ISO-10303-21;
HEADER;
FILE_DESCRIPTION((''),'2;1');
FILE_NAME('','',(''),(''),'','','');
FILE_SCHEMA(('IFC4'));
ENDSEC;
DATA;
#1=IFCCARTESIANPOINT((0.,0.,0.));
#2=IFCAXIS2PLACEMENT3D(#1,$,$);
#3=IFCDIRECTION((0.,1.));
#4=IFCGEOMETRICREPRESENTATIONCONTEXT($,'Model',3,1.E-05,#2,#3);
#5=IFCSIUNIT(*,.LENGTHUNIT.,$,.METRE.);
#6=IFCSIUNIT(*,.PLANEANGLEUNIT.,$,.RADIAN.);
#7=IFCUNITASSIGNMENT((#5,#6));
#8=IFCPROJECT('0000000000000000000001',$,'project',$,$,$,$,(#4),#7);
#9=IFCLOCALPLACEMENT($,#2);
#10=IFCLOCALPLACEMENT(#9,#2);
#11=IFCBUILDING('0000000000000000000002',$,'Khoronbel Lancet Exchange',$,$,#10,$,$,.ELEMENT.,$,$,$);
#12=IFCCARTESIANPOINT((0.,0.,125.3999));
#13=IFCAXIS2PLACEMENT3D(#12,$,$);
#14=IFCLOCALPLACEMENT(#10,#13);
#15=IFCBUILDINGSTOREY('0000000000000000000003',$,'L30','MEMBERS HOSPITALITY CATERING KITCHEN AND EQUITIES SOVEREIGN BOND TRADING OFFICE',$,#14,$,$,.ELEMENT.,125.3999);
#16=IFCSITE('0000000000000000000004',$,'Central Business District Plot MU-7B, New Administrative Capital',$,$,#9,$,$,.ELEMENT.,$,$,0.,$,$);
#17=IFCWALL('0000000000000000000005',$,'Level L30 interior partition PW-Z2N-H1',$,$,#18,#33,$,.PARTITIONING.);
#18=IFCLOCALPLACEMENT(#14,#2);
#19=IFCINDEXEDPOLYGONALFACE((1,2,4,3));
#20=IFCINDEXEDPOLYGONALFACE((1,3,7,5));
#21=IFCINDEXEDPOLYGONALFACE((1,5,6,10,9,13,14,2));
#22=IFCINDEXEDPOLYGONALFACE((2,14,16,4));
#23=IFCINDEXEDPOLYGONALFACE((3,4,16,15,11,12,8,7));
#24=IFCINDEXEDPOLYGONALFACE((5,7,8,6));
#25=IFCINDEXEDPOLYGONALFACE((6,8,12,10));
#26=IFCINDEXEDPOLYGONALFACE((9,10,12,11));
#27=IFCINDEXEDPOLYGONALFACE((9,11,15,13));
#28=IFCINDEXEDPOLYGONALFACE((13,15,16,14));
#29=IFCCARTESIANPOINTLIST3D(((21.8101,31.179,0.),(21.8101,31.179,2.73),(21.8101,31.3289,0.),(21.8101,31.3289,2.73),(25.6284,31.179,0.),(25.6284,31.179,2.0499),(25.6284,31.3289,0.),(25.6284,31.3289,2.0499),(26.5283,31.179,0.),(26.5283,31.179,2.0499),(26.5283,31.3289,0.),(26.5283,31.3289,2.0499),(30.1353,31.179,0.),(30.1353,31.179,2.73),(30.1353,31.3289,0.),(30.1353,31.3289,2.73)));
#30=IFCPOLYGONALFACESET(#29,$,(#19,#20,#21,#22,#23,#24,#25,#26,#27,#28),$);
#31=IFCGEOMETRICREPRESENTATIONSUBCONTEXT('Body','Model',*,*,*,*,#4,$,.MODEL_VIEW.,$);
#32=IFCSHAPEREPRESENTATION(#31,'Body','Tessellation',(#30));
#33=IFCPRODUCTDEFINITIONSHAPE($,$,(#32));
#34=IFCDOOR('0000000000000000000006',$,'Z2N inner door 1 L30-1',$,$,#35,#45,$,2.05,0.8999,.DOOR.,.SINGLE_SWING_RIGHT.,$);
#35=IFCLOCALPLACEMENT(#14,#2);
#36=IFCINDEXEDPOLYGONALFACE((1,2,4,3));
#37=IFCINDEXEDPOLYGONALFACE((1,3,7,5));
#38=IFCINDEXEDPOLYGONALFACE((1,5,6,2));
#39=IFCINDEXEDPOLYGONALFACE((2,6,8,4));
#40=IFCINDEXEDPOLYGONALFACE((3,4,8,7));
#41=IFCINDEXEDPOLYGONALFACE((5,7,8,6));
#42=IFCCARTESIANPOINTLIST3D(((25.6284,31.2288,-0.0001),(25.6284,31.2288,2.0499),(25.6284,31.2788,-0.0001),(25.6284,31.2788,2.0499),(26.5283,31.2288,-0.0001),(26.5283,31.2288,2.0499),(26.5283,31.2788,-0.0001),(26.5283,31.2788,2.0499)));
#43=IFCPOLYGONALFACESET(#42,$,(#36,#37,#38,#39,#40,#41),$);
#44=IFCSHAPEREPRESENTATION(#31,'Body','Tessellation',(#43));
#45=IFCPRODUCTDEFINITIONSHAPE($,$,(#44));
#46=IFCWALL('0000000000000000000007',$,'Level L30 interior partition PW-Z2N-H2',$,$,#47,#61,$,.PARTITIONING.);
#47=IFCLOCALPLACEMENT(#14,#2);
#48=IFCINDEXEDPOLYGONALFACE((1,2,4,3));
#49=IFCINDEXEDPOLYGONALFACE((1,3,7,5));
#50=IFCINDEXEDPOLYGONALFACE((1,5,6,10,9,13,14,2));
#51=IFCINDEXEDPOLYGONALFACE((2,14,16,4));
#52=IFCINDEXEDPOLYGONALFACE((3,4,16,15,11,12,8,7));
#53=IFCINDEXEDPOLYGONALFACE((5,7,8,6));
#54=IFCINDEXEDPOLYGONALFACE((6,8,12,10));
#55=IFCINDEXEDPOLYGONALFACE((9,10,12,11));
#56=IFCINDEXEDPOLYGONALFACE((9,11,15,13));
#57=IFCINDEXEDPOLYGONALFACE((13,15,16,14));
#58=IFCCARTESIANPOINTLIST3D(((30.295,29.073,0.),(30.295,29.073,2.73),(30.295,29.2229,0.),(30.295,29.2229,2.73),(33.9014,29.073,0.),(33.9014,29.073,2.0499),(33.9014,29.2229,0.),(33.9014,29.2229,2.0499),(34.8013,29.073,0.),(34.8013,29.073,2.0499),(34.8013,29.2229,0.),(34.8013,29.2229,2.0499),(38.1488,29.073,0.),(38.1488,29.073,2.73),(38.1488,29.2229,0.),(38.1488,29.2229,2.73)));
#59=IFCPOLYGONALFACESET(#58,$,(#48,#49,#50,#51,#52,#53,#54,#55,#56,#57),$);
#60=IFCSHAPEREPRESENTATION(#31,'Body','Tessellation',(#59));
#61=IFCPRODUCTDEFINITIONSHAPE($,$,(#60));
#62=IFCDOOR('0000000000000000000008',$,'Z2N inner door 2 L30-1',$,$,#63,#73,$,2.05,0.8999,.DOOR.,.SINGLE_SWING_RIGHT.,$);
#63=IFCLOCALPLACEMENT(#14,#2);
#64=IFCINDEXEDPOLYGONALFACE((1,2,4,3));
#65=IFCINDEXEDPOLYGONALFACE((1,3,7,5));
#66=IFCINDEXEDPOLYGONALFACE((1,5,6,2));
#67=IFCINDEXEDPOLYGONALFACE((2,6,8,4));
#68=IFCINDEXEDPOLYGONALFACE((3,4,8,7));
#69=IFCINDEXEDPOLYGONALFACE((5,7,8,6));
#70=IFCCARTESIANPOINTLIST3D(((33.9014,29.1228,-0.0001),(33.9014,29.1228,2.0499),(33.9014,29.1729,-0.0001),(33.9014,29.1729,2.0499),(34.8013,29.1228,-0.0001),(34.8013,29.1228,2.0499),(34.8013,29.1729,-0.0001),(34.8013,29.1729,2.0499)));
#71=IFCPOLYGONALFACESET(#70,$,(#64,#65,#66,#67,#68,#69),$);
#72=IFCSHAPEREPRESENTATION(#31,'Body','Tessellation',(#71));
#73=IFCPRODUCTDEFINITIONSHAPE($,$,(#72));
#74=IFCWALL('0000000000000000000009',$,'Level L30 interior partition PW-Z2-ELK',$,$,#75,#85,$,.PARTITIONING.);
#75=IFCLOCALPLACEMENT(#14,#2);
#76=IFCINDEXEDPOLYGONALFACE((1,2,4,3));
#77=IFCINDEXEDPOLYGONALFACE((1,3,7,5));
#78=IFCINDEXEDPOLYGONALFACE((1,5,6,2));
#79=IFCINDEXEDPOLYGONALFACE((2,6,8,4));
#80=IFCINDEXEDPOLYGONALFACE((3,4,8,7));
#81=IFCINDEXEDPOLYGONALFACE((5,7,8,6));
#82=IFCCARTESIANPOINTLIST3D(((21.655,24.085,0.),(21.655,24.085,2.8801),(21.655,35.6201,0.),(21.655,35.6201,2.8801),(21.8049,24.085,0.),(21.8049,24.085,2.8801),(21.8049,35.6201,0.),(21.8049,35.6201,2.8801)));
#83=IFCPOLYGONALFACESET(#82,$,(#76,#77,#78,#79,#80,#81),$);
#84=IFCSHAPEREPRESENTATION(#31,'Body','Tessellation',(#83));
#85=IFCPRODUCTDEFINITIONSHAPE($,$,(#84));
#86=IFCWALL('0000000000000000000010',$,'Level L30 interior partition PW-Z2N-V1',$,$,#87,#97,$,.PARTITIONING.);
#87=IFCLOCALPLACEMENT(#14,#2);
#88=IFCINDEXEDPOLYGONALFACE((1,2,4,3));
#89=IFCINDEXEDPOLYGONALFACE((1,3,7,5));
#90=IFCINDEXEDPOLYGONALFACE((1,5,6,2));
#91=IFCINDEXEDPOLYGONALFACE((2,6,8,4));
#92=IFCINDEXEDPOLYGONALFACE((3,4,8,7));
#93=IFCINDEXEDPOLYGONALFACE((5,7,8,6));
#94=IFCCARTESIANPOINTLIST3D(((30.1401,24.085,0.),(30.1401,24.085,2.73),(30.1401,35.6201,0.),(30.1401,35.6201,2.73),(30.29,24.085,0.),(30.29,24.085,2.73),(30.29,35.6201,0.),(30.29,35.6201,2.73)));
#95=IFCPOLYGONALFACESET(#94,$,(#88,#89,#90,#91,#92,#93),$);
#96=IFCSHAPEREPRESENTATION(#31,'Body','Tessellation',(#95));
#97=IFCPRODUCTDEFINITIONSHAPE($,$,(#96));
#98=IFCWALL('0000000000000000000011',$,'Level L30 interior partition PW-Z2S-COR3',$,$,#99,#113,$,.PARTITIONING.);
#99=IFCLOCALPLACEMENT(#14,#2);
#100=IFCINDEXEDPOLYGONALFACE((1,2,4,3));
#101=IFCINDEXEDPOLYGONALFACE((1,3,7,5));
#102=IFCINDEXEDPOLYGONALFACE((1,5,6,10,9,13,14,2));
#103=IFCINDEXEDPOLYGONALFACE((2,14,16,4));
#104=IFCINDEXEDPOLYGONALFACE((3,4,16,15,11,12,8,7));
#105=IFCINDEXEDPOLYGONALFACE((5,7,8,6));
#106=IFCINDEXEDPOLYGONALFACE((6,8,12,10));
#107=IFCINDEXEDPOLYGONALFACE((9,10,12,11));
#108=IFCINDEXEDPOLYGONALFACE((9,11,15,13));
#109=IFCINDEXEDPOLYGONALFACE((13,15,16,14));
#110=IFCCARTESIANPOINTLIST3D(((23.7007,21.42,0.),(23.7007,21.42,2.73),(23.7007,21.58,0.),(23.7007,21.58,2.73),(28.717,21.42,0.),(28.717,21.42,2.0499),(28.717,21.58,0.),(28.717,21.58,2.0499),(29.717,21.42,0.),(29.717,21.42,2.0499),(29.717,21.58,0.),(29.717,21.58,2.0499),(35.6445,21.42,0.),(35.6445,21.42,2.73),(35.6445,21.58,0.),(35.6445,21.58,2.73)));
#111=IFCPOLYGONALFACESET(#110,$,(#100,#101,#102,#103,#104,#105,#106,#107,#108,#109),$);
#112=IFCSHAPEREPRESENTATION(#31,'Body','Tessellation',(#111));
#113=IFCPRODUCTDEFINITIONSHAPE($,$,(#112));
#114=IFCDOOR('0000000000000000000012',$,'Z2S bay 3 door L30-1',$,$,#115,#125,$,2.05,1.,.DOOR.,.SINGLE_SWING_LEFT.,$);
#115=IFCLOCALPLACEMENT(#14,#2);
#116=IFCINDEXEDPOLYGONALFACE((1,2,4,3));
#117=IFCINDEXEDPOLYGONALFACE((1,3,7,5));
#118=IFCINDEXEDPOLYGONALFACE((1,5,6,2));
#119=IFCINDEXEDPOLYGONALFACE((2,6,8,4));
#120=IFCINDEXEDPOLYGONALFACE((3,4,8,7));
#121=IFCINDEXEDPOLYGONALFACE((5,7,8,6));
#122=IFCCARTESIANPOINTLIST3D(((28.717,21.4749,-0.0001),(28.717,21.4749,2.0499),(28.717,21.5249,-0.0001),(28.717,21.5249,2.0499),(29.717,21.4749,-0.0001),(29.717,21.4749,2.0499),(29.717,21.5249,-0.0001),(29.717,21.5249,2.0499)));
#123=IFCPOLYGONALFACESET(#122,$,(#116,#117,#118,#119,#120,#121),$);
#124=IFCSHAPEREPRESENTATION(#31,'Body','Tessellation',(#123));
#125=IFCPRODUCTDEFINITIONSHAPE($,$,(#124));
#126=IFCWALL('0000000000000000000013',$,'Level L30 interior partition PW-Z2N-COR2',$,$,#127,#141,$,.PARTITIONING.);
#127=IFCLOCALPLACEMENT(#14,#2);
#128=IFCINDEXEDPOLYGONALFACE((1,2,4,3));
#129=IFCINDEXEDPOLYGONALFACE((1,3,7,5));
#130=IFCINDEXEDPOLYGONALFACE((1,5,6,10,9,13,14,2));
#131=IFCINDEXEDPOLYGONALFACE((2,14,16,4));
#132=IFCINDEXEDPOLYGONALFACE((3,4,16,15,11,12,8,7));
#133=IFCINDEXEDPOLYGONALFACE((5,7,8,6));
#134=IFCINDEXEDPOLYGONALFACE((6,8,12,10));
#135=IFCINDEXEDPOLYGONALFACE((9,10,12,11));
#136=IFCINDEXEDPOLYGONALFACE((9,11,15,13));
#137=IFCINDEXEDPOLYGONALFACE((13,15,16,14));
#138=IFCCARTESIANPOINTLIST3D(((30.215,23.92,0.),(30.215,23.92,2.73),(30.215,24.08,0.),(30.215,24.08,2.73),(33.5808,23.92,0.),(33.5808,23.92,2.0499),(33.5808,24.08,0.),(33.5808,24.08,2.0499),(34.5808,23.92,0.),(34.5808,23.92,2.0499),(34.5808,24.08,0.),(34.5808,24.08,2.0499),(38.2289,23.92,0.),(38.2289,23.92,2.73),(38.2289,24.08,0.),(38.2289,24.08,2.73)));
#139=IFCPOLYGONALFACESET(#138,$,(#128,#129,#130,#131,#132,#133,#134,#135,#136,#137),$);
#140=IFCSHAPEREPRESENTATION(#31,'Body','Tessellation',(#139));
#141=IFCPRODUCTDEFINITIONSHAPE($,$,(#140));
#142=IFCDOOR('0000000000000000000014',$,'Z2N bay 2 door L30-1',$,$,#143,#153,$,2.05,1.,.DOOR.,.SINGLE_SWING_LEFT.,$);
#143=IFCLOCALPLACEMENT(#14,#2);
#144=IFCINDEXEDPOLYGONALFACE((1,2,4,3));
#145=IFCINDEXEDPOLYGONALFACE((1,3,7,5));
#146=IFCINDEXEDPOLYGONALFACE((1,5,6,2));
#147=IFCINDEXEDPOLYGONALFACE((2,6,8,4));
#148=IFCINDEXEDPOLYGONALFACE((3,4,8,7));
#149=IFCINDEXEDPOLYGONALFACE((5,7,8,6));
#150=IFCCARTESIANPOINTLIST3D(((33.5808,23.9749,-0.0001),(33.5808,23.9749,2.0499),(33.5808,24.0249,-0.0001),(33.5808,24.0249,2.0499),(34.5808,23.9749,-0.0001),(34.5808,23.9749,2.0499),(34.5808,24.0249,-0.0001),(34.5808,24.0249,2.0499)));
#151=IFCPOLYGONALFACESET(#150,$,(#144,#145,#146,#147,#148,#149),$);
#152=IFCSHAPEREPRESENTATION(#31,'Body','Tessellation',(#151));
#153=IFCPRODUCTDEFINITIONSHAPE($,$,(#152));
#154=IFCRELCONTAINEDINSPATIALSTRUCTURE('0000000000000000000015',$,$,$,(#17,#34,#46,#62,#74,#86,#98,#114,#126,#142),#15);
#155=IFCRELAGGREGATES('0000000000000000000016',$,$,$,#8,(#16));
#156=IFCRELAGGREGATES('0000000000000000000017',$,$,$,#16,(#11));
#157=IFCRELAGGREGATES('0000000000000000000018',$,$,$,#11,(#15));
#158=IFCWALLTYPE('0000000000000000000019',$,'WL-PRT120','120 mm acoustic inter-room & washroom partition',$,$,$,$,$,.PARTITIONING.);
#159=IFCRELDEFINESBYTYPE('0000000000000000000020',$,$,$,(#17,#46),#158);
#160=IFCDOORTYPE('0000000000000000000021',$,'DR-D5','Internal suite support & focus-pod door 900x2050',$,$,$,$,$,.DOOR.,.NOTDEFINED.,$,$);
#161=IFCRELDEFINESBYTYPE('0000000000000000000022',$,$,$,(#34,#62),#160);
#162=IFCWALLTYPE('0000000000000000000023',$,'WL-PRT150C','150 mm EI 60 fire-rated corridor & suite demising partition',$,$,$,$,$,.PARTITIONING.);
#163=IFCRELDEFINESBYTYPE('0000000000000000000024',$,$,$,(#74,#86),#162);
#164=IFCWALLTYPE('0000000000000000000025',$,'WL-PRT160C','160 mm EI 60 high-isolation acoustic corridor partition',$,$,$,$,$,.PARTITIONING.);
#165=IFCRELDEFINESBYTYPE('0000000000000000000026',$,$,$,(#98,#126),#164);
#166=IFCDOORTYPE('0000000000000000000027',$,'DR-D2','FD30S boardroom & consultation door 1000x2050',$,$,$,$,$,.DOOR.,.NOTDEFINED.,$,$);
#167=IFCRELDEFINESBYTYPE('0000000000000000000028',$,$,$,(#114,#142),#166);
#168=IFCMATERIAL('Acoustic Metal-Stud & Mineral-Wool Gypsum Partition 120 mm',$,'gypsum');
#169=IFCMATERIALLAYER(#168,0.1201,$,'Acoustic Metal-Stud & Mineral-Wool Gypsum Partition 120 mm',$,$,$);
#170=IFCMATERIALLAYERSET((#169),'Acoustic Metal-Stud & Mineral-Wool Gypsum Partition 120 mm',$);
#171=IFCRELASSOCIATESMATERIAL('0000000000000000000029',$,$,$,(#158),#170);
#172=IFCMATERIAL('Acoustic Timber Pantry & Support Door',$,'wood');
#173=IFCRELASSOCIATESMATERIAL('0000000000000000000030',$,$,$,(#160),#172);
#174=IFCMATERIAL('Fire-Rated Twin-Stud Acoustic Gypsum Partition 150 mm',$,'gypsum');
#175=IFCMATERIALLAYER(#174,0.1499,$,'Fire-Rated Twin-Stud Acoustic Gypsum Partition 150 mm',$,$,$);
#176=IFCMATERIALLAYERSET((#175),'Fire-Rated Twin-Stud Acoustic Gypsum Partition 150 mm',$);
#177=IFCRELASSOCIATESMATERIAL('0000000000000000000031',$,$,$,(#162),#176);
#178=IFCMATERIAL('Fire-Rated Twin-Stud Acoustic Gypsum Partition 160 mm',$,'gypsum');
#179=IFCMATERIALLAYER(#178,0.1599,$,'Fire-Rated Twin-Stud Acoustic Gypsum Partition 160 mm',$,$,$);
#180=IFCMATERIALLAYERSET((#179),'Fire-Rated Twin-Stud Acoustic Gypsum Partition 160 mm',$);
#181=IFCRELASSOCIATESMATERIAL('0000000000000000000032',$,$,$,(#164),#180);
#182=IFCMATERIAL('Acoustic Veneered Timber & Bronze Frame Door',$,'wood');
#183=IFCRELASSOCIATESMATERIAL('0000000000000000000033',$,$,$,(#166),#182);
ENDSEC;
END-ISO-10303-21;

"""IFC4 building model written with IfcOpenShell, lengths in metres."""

from ifc_helpers import new_model, si_unit, direction, frame, frame_2d, origin, place, context, subcontext, project, spatial, rectangle, extrude, material, layer, layer_set, type_object, element, fill, save


model = new_model("IFC4")

# Units and contexts
model_context = context("Model", 3, precision=1e-05, world=origin(), true_north=direction((0.0, 1.0)))
body_context = subcontext(model_context, "Body", "Model", "MODEL_VIEW")
ifc_project = project(units=[si_unit("LENGTHUNIT", "METRE"), si_unit("PLANEANGLEUNIT", "RADIAN")], contexts=[model_context])

# Site, building, storey
site_placement = place(None, origin())
site = spatial("IfcSite", under=ifc_project, at=site_placement, Name="Central Business District Plot MU-7B, New Administrative Capital", CompositionType="ELEMENT", RefElevation=0.0)
building_placement = place(site_placement, origin())
building = spatial("IfcBuilding", under=site, at=building_placement, Name="Khoronbel Lancet Exchange", CompositionType="ELEMENT")
storey_placement = place(building_placement, frame((0.0, 0.0, 125.3999)))
storey = spatial("IfcBuildingStorey", under=building, at=storey_placement, Name="L30", Description="MEMBERS HOSPITALITY CATERING KITCHEN AND EQUITIES SOVEREIGN BOND TRADING OFFICE", CompositionType="ELEMENT", Elevation=125.3999)

# Walls, openings, doors
ifc_material_1 = material(Name="Acoustic Metal-Stud & Mineral-Wool Gypsum Partition 120 mm", Category="gypsum")
ifc_layer_1 = layer(ifc_material_1, 0.1201, Name="Acoustic Metal-Stud & Mineral-Wool Gypsum Partition 120 mm")
ifc_layer_set_1 = layer_set([ifc_layer_1], Name="Acoustic Metal-Stud & Mineral-Wool Gypsum Partition 120 mm")
wall_type_1 = type_object("IfcWallType", Name="WL-PRT120", Description="120 mm acoustic inter-room & washroom partition", PredefinedType="PARTITIONING", material=ifc_layer_set_1)
ifc_material_2 = material(Name="Acoustic Timber Pantry & Support Door", Category="wood")
door_type_1 = type_object("IfcDoorType", Name="DR-D5", Description="Internal suite support & focus-pod door 900x2050", OperationType="NOTDEFINED", PredefinedType="DOOR", material=ifc_material_2)
wall_1_placement = place(storey_placement, frame((21.8101, 31.2539, 0.0), z_axis=(0.0, 0.0, 1.0), x_axis=(1.0, 0.0, 0.0)))
wall_1 = element("IfcWall", 1, at=wall_1_placement, inside=storey, type_object=wall_type_1, Name="Level L30 interior partition PW-Z2N-H1", PredefinedType="PARTITIONING", context=body_context, shape_type="SweptSolid", body=[
    extrude(rectangle(XDim=8.3252, YDim=0.1499, at=frame_2d((4.1626, 0.0))), origin(), (0.0, 0.0, 1.0), 2.73),
])
opening_1_placement = place(wall_1_placement, frame((3.8184, 0.0, 0.0)))
opening_1 = element("IfcOpeningElement", 2, at=opening_1_placement, cuts=wall_1, PredefinedType="OPENING", context=body_context, shape_type="SweptSolid", body=[
    extrude(rectangle(XDim=0.8999, YDim=2.05, at=frame_2d((0.45, 1.0249))), frame((0.0, 0.085, 0.0), z_axis=(0.0, -1.0, 0.0), x_axis=(1.0, 0.0, 0.0)), (0.0, 0.0, 1.0), 0.1699),
])
door_1_placement = place(opening_1_placement, origin())
door_1 = element("IfcDoor", 3, at=door_1_placement, inside=storey, type_object=door_type_1, Name="Z2N inner door 1 L30-1", OperationType="SINGLE_SWING_RIGHT", OverallHeight=2.05, OverallWidth=0.8999, PredefinedType="DOOR", context=body_context, shape_type="SweptSolid", body=[
    extrude(rectangle(XDim=0.8999, YDim=2.05, at=frame_2d((0.45, 1.0249))), frame((0.0, 0.0249, 0.0), z_axis=(0.0, -1.0, 0.0), x_axis=(1.0, 0.0, 0.0)), (0.0, 0.0, 1.0), 0.05),
])
fill(opening_1, door_1)
wall_2_placement = place(storey_placement, frame((30.2952, 29.1479, 0.0), z_axis=(0.0, 0.0, 1.0), x_axis=(1.0, 0.0, 0.0)))
wall_2 = element("IfcWall", 4, at=wall_2_placement, inside=storey, type_object=wall_type_1, Name="Level L30 interior partition PW-Z2N-H2", PredefinedType="PARTITIONING", context=body_context, shape_type="SweptSolid", body=[
    extrude(rectangle(XDim=7.8538, YDim=0.1499, at=frame_2d((3.9268, 0.0))), origin(), (0.0, 0.0, 1.0), 2.73),
])
opening_2_placement = place(wall_2_placement, frame((3.6062, 0.0, 0.0)))
opening_2 = element("IfcOpeningElement", 5, at=opening_2_placement, cuts=wall_2, PredefinedType="OPENING", context=body_context, shape_type="SweptSolid", body=[
    extrude(rectangle(XDim=0.8999, YDim=2.05, at=frame_2d((0.45, 1.0249))), frame((0.0, 0.085, 0.0), z_axis=(0.0, -1.0, 0.0), x_axis=(1.0, 0.0, 0.0)), (0.0, 0.0, 1.0), 0.1699),
])
door_2_placement = place(opening_2_placement, origin())
door_2 = element("IfcDoor", 6, at=door_2_placement, inside=storey, type_object=door_type_1, Name="Z2N inner door 2 L30-1", OperationType="SINGLE_SWING_RIGHT", OverallHeight=2.05, OverallWidth=0.8999, PredefinedType="DOOR", context=body_context, shape_type="SweptSolid", body=[
    extrude(rectangle(XDim=0.8999, YDim=2.05, at=frame_2d((0.45, 1.0249))), frame((0.0, 0.0249, 0.0), z_axis=(0.0, -1.0, 0.0), x_axis=(1.0, 0.0, 0.0)), (0.0, 0.0, 1.0), 0.05),
])
fill(opening_2, door_2)

# Walls
ifc_material_3 = material(Name="Fire-Rated Twin-Stud Acoustic Gypsum Partition 150 mm", Category="gypsum")
ifc_layer_2 = layer(ifc_material_3, 0.1499, Name="Fire-Rated Twin-Stud Acoustic Gypsum Partition 150 mm")
ifc_layer_set_2 = layer_set([ifc_layer_2], Name="Fire-Rated Twin-Stud Acoustic Gypsum Partition 150 mm")
wall_type_2 = type_object("IfcWallType", Name="WL-PRT150C", Description="150 mm EI 60 fire-rated corridor & suite demising partition", PredefinedType="PARTITIONING", material=ifc_layer_set_2)
wall_3_placement = place(storey_placement, frame((21.73, 24.085, 0.0), z_axis=(0.0, 0.0, 1.0), x_axis=(0.0, 1.0, 0.0)))
element("IfcWall", 7, at=wall_3_placement, inside=storey, type_object=wall_type_2, Name="Level L30 interior partition PW-Z2-ELK", PredefinedType="PARTITIONING", context=body_context, shape_type="SweptSolid", body=[
    extrude(rectangle(XDim=11.5352, YDim=0.1499, at=frame_2d((5.7676, 0.0))), origin(), (0.0, 0.0, 1.0), 2.8801),
])
wall_4_placement = place(storey_placement, frame((30.2151, 24.085, 0.0), z_axis=(0.0, 0.0, 1.0), x_axis=(0.0, 1.0, 0.0)))
element("IfcWall", 8, at=wall_4_placement, inside=storey, type_object=wall_type_2, Name="Level L30 interior partition PW-Z2N-V1", PredefinedType="PARTITIONING", context=body_context, shape_type="SweptSolid", body=[
    extrude(rectangle(XDim=11.5352, YDim=0.1499, at=frame_2d((5.7676, 0.0))), origin(), (0.0, 0.0, 1.0), 2.73),
])

# Walls, openings, doors
ifc_material_4 = material(Name="Fire-Rated Twin-Stud Acoustic Gypsum Partition 160 mm", Category="gypsum")
ifc_layer_3 = layer(ifc_material_4, 0.1599, Name="Fire-Rated Twin-Stud Acoustic Gypsum Partition 160 mm")
ifc_layer_set_3 = layer_set([ifc_layer_3], Name="Fire-Rated Twin-Stud Acoustic Gypsum Partition 160 mm")
wall_type_3 = type_object("IfcWallType", Name="WL-PRT160C", Description="160 mm EI 60 high-isolation acoustic corridor partition", PredefinedType="PARTITIONING", material=ifc_layer_set_3)
wall_5_placement = place(storey_placement, frame((23.7007, 21.5, 0.0), z_axis=(0.0, 0.0, 1.0), x_axis=(1.0, 0.0, 0.0)))
wall_5 = element("IfcWall", 9, at=wall_5_placement, inside=storey, type_object=wall_type_3, Name="Level L30 interior partition PW-Z2S-COR3", PredefinedType="PARTITIONING", context=body_context, shape_type="SweptSolid", body=[
    extrude(rectangle(XDim=11.9438, YDim=0.1599, at=frame_2d((5.9719, 0.0))), origin(), (0.0, 0.0, 1.0), 2.73),
])
opening_3_placement = place(wall_5_placement, frame((5.0164, 0.0, 0.0)))
opening_3 = element("IfcOpeningElement", 10, at=opening_3_placement, cuts=wall_5, PredefinedType="OPENING", context=body_context, shape_type="SweptSolid", body=[
    extrude(rectangle(XDim=1.0, YDim=2.05, at=frame_2d((0.5, 1.0249))), frame((0.0, 0.0898, 0.0), z_axis=(0.0, -1.0, 0.0), x_axis=(1.0, 0.0, 0.0)), (0.0, 0.0, 1.0), 0.1799),
])
ifc_material_5 = material(Name="Acoustic Veneered Timber & Bronze Frame Door", Category="wood")
door_type_2 = type_object("IfcDoorType", Name="DR-D2", Description="FD30S boardroom & consultation door 1000x2050", OperationType="NOTDEFINED", PredefinedType="DOOR", material=ifc_material_5)
door_3_placement = place(opening_3_placement, origin())
door_3 = element("IfcDoor", 11, at=door_3_placement, inside=storey, type_object=door_type_2, Name="Z2S bay 3 door L30-1", OperationType="SINGLE_SWING_LEFT", OverallHeight=2.05, OverallWidth=1.0, PredefinedType="DOOR", context=body_context, shape_type="SweptSolid", body=[
    extrude(rectangle(XDim=1.0, YDim=2.05, at=frame_2d((0.5, 1.0249))), frame((0.0, 0.0249, 0.0), z_axis=(0.0, -1.0, 0.0), x_axis=(1.0, 0.0, 0.0)), (0.0, 0.0, 1.0), 0.05),
])
fill(opening_3, door_3)
wall_6_placement = place(storey_placement, frame((30.2151, 24.0, 0.0), z_axis=(0.0, 0.0, 1.0), x_axis=(1.0, 0.0, 0.0)))
wall_6 = element("IfcWall", 12, at=wall_6_placement, inside=storey, type_object=wall_type_3, Name="Level L30 interior partition PW-Z2N-COR2", PredefinedType="PARTITIONING", context=body_context, shape_type="SweptSolid", body=[
    extrude(rectangle(XDim=8.0139, YDim=0.1599, at=frame_2d((4.0068, 0.0))), origin(), (0.0, 0.0, 1.0), 2.73),
])
opening_4_placement = place(wall_6_placement, frame((3.3657, 0.0, 0.0)))
opening_4 = element("IfcOpeningElement", 13, at=opening_4_placement, cuts=wall_6, PredefinedType="OPENING", context=body_context, shape_type="SweptSolid", body=[
    extrude(rectangle(XDim=1.0, YDim=2.05, at=frame_2d((0.5, 1.0249))), frame((0.0, 0.0898, 0.0), z_axis=(0.0, -1.0, 0.0), x_axis=(1.0, 0.0, 0.0)), (0.0, 0.0, 1.0), 0.1799),
])
door_4_placement = place(opening_4_placement, origin())
door_4 = element("IfcDoor", 14, at=door_4_placement, inside=storey, type_object=door_type_2, Name="Z2N bay 2 door L30-1", OperationType="SINGLE_SWING_LEFT", OverallHeight=2.05, OverallWidth=1.0, PredefinedType="DOOR", context=body_context, shape_type="SweptSolid", body=[
    extrude(rectangle(XDim=1.0, YDim=2.05, at=frame_2d((0.5, 1.0249))), frame((0.0, 0.0249, 0.0), z_axis=(0.0, -1.0, 0.0), x_axis=(1.0, 0.0, 0.0)), (0.0, 0.0, 1.0), 0.05),
])
fill(opening_4, door_4)

save(model, "model.ifc")
